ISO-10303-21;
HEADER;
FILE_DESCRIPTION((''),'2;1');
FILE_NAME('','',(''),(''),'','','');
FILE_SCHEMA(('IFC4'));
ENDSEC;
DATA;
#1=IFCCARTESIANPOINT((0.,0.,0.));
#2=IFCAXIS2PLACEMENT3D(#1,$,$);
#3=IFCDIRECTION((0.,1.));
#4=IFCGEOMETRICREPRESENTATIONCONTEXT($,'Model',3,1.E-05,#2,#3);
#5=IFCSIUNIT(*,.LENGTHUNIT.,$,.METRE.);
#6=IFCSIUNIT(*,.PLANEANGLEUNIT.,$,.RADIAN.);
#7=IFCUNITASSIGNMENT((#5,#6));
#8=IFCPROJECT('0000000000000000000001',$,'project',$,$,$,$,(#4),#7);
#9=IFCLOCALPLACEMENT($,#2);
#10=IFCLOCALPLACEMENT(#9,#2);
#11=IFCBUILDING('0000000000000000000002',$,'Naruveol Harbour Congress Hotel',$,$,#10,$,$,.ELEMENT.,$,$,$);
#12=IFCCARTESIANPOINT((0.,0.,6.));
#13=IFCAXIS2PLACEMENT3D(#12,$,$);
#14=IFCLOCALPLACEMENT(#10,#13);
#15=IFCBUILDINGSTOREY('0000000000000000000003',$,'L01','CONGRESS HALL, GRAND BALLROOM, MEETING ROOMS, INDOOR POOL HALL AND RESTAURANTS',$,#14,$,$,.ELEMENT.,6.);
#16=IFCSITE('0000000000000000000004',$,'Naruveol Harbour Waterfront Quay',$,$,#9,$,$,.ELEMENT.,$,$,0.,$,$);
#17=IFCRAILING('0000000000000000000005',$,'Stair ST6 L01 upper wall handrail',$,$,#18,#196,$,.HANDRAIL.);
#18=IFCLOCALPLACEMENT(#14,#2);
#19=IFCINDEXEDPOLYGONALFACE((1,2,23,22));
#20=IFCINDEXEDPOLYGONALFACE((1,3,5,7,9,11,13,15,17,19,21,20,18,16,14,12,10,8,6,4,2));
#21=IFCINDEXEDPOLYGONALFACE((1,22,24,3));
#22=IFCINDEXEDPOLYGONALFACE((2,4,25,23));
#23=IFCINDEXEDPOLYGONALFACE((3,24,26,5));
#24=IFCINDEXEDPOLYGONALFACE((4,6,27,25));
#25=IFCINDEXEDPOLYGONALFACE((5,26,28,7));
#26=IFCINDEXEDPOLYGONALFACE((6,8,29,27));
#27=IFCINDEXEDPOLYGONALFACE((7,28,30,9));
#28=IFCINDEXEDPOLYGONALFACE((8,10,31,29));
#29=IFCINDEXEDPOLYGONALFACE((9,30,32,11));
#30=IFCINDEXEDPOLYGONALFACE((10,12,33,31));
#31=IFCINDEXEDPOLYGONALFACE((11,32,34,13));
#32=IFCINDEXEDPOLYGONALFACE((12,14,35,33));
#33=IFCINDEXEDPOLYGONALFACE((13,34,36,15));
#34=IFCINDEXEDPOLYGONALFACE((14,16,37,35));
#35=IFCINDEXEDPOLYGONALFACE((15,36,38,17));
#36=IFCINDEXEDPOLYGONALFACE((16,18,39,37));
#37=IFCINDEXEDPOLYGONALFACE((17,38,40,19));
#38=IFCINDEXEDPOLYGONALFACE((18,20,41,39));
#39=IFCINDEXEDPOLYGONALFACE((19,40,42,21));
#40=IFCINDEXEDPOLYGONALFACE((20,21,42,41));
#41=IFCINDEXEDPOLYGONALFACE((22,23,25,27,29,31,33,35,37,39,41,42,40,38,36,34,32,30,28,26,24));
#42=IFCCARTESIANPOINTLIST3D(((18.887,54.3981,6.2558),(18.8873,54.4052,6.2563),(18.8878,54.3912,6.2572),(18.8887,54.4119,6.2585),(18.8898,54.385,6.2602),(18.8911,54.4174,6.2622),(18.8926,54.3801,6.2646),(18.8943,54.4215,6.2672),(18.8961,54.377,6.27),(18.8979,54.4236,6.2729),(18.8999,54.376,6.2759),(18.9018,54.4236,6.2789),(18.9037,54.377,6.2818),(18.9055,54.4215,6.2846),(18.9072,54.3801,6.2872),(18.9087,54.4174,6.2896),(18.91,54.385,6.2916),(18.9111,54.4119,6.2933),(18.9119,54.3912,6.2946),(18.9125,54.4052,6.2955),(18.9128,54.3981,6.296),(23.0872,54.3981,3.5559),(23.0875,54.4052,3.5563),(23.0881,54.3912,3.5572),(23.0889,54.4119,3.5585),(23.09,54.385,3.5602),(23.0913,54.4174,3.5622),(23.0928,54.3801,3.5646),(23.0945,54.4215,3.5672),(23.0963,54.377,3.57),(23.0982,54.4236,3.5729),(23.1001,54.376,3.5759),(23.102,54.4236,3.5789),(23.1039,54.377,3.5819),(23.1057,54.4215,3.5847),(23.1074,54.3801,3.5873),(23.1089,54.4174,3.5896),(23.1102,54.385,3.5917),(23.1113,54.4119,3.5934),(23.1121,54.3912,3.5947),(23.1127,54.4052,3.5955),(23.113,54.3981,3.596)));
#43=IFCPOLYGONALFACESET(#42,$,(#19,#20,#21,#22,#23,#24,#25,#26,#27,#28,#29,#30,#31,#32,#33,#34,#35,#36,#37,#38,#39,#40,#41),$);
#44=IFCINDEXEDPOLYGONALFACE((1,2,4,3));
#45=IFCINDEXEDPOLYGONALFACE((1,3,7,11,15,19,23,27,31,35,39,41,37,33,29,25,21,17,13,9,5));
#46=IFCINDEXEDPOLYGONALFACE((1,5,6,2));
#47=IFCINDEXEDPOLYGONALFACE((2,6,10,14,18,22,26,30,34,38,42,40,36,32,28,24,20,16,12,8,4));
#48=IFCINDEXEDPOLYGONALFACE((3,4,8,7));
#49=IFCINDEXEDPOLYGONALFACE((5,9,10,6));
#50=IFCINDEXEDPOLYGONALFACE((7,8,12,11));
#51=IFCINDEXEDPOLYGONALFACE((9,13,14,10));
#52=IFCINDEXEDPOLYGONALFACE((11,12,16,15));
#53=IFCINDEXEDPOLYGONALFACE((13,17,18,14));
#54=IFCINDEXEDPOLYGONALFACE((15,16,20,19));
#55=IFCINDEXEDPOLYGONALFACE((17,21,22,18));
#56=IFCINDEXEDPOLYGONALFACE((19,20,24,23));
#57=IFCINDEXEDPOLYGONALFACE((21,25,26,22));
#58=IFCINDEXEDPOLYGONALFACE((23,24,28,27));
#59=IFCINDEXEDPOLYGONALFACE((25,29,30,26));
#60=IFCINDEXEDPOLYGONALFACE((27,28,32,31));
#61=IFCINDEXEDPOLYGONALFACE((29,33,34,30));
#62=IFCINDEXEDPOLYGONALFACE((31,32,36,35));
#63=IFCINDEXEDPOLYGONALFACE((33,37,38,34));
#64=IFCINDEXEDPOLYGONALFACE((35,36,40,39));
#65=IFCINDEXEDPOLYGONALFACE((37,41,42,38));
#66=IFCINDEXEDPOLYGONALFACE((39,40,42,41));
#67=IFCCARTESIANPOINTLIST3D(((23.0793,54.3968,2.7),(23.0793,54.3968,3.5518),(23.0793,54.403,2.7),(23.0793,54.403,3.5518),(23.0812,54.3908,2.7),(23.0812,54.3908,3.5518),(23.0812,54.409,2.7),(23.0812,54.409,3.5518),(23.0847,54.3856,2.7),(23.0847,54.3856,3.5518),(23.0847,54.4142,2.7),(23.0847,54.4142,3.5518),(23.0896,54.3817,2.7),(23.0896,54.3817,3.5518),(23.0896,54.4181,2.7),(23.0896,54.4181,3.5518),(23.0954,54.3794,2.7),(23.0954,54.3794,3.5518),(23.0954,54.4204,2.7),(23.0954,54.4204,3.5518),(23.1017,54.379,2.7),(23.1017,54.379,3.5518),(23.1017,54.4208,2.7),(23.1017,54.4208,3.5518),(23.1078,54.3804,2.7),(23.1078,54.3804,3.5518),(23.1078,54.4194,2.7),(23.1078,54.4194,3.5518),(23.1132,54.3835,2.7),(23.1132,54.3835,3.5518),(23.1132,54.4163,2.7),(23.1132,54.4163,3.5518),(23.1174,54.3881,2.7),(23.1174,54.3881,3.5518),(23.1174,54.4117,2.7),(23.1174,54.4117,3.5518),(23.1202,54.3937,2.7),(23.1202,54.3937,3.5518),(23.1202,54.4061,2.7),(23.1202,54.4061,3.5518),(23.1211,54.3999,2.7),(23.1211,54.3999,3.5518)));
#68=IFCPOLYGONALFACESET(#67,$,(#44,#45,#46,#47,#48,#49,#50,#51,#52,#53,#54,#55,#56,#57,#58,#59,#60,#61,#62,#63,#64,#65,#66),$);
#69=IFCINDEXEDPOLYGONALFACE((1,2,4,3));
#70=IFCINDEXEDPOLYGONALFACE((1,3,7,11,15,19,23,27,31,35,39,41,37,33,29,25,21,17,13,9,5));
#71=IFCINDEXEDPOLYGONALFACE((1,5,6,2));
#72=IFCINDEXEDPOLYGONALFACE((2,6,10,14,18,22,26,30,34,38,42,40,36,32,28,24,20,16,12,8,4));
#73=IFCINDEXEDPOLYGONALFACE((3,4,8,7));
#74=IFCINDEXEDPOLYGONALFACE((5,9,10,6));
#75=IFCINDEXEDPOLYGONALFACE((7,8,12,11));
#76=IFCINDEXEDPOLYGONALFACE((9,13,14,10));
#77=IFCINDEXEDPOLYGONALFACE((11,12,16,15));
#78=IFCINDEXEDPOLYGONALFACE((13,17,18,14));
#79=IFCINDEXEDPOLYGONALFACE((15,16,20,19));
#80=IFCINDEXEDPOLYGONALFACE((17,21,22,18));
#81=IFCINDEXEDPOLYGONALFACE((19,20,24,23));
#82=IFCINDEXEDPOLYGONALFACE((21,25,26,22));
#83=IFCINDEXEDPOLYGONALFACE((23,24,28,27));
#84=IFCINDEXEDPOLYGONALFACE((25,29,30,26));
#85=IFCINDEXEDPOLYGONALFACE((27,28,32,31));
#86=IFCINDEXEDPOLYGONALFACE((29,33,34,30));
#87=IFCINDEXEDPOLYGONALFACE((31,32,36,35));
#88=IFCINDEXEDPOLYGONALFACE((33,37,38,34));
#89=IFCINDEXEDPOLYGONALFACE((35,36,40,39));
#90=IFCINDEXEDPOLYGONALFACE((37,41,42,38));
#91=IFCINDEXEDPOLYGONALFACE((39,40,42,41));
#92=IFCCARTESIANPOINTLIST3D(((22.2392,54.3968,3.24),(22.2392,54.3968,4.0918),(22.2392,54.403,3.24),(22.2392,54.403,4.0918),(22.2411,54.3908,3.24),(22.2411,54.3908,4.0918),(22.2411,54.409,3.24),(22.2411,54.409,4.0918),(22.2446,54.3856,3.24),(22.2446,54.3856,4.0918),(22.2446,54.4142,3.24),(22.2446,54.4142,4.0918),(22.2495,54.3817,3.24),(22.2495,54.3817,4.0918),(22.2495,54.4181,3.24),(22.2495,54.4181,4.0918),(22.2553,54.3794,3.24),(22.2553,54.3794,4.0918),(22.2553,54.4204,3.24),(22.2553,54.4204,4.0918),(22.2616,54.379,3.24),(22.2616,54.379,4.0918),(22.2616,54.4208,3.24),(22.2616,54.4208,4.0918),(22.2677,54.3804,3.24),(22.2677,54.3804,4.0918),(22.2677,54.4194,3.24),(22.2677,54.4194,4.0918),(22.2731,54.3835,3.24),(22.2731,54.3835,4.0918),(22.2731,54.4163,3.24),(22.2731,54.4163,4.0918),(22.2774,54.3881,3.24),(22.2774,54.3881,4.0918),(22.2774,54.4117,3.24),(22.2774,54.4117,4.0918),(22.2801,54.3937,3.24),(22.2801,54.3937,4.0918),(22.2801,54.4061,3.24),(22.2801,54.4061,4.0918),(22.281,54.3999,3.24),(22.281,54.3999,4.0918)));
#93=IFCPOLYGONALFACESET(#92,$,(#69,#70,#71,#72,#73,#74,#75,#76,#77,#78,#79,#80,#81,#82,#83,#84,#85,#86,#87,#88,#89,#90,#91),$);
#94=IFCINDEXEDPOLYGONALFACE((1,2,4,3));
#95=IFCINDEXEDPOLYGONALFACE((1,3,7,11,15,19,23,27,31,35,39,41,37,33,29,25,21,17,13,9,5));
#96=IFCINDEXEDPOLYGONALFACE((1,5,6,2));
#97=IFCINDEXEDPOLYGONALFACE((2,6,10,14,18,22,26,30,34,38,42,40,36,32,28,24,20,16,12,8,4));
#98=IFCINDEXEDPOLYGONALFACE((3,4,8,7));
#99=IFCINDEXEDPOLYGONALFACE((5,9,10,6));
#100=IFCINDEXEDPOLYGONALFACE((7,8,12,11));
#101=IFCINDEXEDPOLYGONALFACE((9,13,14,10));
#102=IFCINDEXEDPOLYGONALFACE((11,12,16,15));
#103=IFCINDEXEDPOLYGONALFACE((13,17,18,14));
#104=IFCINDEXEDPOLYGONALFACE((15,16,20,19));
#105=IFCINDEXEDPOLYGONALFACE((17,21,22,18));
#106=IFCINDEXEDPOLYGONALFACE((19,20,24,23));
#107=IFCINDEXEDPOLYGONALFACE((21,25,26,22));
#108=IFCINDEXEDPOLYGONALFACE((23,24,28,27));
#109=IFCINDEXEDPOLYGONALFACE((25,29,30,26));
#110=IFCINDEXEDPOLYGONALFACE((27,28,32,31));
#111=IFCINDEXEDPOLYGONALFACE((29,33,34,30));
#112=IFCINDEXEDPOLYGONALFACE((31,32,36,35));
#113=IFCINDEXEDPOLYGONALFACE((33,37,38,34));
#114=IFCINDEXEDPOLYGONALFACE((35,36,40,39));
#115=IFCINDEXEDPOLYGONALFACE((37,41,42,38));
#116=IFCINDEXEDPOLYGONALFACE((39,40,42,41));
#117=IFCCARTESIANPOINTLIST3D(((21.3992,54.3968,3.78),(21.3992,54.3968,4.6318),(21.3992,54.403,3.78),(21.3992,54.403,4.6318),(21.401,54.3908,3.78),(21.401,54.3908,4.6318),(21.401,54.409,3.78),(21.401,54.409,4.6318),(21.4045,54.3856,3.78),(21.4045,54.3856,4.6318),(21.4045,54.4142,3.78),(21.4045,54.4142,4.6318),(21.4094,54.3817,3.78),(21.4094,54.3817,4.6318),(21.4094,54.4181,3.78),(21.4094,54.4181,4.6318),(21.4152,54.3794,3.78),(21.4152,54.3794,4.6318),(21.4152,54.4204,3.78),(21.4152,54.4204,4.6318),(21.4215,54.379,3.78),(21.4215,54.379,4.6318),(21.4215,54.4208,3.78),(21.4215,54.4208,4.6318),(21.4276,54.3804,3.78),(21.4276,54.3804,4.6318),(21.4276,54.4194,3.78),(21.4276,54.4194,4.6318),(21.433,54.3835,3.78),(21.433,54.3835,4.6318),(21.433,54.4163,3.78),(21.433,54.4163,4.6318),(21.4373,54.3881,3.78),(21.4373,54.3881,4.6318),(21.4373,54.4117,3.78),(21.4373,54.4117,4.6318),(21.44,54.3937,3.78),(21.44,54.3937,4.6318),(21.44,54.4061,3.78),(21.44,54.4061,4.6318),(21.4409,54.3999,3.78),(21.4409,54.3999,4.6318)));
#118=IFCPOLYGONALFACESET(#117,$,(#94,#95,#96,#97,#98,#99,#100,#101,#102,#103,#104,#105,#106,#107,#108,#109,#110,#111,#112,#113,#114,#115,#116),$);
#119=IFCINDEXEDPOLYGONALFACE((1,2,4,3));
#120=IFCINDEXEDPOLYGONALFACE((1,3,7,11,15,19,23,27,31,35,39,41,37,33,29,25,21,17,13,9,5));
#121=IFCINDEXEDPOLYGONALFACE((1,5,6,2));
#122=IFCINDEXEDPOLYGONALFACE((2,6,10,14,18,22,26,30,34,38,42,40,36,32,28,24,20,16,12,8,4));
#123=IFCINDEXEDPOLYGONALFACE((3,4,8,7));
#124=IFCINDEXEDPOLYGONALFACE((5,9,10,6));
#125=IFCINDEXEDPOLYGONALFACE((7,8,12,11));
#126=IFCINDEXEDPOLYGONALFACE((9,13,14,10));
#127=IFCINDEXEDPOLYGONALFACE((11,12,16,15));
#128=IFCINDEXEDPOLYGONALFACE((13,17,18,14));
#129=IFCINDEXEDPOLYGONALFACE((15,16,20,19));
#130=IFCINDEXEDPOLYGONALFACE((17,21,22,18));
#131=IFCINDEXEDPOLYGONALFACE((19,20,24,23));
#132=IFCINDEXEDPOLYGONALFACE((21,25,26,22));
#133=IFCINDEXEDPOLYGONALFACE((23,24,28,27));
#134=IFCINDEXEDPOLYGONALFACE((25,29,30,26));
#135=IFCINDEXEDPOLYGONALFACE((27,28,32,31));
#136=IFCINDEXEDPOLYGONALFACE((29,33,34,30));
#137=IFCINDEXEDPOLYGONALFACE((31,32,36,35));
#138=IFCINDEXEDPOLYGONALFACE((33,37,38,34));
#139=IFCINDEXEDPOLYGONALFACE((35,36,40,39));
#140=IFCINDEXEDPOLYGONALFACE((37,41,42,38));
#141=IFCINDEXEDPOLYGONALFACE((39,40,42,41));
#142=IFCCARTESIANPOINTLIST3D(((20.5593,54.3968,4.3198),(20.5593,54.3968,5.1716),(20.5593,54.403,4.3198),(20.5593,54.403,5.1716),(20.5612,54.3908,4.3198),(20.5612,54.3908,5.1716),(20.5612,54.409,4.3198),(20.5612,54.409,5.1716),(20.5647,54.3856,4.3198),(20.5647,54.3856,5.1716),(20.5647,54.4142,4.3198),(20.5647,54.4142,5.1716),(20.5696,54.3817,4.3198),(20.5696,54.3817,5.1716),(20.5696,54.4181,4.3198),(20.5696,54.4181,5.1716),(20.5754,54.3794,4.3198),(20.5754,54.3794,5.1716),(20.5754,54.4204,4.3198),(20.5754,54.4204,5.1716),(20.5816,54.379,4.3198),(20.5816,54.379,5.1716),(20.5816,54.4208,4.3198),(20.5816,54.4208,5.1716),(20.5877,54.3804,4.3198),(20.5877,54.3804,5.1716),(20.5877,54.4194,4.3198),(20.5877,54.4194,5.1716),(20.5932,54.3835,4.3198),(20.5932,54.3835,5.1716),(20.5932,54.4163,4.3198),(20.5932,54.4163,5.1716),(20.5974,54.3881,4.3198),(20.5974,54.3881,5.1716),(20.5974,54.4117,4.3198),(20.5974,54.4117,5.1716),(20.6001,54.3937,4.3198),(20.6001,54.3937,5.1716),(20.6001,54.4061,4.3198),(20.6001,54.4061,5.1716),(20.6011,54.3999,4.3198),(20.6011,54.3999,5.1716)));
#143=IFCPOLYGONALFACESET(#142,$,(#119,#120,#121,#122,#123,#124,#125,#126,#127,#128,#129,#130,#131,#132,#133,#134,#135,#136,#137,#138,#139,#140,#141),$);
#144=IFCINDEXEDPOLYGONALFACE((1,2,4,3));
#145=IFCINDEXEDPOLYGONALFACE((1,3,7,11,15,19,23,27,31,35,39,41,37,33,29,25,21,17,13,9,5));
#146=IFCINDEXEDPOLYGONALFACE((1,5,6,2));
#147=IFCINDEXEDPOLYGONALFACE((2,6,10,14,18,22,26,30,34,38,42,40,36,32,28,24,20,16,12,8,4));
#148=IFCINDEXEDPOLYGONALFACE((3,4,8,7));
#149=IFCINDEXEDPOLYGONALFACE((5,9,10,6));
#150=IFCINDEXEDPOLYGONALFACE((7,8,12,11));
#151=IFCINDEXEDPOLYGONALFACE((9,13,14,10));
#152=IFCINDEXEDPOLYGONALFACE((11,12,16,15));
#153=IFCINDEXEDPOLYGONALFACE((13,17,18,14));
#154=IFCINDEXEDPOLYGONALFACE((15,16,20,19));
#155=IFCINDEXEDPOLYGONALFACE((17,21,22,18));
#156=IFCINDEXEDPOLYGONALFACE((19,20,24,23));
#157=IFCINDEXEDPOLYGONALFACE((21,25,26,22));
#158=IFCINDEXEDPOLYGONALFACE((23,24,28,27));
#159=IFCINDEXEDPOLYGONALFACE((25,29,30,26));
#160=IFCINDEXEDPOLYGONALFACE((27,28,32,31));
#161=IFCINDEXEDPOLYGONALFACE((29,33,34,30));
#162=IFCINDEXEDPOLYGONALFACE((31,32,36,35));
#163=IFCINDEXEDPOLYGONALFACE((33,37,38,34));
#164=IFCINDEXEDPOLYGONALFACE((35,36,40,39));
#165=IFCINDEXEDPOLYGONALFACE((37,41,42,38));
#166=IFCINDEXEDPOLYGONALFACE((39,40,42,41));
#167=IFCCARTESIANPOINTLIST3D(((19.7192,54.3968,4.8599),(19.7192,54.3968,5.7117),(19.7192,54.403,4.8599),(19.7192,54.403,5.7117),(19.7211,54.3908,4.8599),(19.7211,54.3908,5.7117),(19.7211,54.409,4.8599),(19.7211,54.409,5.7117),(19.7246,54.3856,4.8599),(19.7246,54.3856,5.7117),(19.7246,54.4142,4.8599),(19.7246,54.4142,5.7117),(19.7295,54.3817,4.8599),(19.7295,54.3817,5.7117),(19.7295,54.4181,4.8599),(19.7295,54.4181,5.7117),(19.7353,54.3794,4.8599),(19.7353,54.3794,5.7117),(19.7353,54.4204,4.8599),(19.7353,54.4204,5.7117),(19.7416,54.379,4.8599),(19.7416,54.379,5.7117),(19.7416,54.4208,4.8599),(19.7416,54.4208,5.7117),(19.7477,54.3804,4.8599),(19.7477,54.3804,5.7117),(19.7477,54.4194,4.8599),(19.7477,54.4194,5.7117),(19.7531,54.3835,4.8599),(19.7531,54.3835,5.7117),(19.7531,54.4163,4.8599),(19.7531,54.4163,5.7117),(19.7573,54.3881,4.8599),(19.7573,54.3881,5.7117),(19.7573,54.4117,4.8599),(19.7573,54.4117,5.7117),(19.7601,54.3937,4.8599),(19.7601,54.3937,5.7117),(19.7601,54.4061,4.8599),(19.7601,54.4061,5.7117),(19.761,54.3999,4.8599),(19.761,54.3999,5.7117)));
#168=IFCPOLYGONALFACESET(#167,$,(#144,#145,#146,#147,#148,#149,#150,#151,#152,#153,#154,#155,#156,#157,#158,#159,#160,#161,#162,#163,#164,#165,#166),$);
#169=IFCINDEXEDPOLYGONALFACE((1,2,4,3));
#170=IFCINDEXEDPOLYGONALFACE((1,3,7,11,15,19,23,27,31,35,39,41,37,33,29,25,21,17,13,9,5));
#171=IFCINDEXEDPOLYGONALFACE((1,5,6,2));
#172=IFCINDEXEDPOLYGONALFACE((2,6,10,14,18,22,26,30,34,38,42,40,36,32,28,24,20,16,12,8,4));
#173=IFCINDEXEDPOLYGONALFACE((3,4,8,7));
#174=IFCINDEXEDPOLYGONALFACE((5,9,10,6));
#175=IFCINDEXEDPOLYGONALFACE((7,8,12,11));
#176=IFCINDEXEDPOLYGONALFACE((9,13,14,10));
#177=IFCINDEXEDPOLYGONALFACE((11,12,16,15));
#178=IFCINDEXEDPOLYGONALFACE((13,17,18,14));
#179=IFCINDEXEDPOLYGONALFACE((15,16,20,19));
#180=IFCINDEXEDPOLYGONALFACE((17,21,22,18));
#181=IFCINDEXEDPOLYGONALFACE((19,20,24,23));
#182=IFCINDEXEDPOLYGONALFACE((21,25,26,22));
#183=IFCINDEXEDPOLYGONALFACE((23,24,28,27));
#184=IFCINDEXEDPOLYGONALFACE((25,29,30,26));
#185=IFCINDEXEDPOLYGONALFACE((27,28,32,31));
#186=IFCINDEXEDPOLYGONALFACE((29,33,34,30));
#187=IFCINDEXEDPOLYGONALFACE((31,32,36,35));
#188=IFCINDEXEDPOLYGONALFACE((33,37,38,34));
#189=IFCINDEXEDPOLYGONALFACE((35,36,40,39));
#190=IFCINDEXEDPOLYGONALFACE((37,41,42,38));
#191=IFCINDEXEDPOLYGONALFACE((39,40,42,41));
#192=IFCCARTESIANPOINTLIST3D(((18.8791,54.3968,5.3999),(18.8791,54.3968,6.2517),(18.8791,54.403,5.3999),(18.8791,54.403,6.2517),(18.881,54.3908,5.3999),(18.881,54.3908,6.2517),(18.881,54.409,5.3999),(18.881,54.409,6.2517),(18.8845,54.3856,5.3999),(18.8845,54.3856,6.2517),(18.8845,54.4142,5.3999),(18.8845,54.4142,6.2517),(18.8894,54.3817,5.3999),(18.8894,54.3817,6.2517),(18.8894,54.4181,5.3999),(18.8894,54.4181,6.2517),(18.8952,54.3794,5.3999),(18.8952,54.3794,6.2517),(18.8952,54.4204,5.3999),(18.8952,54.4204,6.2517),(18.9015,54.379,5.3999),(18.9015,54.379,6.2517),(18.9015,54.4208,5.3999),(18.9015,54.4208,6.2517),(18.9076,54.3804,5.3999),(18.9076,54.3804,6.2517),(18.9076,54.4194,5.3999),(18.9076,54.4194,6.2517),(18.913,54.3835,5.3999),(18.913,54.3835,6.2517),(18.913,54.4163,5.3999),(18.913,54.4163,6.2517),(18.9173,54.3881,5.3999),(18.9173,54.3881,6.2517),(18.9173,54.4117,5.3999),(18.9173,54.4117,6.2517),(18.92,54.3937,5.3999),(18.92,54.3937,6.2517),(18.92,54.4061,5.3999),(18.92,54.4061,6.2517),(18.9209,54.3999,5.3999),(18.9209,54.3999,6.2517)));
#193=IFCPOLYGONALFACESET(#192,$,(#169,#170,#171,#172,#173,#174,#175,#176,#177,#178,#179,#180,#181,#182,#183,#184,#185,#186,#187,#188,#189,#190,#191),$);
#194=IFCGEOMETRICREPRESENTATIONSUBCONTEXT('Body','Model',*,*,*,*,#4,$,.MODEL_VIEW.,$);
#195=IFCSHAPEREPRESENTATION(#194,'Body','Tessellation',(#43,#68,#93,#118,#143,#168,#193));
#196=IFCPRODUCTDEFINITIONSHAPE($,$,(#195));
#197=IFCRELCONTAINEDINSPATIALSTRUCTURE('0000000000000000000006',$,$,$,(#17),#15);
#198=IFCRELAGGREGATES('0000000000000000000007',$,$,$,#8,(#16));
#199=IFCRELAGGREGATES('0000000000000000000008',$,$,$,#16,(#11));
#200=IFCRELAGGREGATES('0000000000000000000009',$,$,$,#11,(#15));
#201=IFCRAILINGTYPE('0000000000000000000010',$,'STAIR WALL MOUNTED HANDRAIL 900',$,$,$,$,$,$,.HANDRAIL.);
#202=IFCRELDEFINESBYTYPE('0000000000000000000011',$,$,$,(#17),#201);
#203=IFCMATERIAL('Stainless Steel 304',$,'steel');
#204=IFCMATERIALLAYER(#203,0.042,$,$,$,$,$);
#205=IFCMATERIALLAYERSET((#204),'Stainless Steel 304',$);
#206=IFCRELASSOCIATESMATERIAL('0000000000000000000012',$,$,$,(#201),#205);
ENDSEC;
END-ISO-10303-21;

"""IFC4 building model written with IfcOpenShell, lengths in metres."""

from ifc_helpers import new_model, si_unit, direction, frame, origin, origin_2d, place, context, subcontext, project, spatial, circle, extrude, material, layer, layer_set, type_object, element, save


model = new_model("IFC4")

# Units and contexts
model_context = context("Model", 3, precision=1e-05, world=origin(), true_north=direction((0.0, 1.0)))
body_context = subcontext(model_context, "Body", "Model", "MODEL_VIEW")
ifc_project = project(units=[si_unit("LENGTHUNIT", "METRE"), si_unit("PLANEANGLEUNIT", "RADIAN")], contexts=[model_context])

# Site, building, storey
site_placement = place(None, origin())
site = spatial("IfcSite", under=ifc_project, at=site_placement, Name="Naruveol Harbour Waterfront Quay", CompositionType="ELEMENT", RefElevation=0.0)
building_placement = place(site_placement, origin())
building = spatial("IfcBuilding", under=site, at=building_placement, Name="Naruveol Harbour Congress Hotel", CompositionType="ELEMENT")
storey_placement = place(building_placement, frame((0.0, 0.0, 6.0)))
storey = spatial("IfcBuildingStorey", under=building, at=storey_placement, Name="L01", Description="CONGRESS HALL, GRAND BALLROOM, MEETING ROOMS, INDOOR POOL HALL AND RESTAURANTS", CompositionType="ELEMENT", Elevation=6.0)

# Railing
ifc_material_1 = material(Name="Stainless Steel 304", Category="steel")
ifc_layer_1 = layer(ifc_material_1, 0.042)
ifc_layer_set_1 = layer_set([ifc_layer_1], Name="Stainless Steel 304")
railing_type_1 = type_object("IfcRailingType", Name="STAIR WALL MOUNTED HANDRAIL 900", PredefinedType="HANDRAIL", material=ifc_layer_set_1)
railing_1_placement = place(storey_placement, frame((23.1001, 54.3999, 2.7)))
element("IfcRailing", 1, at=railing_1_placement, inside=storey, type_object=railing_type_1, Name="Stair ST6 L01 upper wall handrail", PredefinedType="HANDRAIL", context=body_context, shape_type="SweptSolid", body=[
    extrude(circle(Radius=0.0239, at=origin_2d()), frame((0.0, 0.0, 0.876), z_axis=(-0.841194, 0.0, 0.540733), x_axis=(0.0, -1.0, 0.0)), (0.0, 0.0, 1.0), 4.9932),
    extrude(circle(Radius=0.021, at=origin_2d()), origin(), (0.0, 0.0, 1.0), 0.8518),
    extrude(circle(Radius=0.021, at=origin_2d()), frame((-0.8401, 0.0, 0.54)), (0.0, 0.0, 1.0), 0.8518),
    extrude(circle(Radius=0.021, at=origin_2d()), frame((-1.6802, 0.0, 1.0801)), (0.0, 0.0, 1.0), 0.8518),
    extrude(circle(Radius=0.021, at=origin_2d()), frame((-2.52, 0.0, 1.6199)), (0.0, 0.0, 1.0), 0.8518),
    extrude(circle(Radius=0.021, at=origin_2d()), frame((-3.3601, 0.0, 2.1599)), (0.0, 0.0, 1.0), 0.8518),
    extrude(circle(Radius=0.021, at=origin_2d()), frame((-4.2002, 0.0, 2.7)), (0.0, 0.0, 1.0), 0.8518),
])

save(model, "model.ifc")
